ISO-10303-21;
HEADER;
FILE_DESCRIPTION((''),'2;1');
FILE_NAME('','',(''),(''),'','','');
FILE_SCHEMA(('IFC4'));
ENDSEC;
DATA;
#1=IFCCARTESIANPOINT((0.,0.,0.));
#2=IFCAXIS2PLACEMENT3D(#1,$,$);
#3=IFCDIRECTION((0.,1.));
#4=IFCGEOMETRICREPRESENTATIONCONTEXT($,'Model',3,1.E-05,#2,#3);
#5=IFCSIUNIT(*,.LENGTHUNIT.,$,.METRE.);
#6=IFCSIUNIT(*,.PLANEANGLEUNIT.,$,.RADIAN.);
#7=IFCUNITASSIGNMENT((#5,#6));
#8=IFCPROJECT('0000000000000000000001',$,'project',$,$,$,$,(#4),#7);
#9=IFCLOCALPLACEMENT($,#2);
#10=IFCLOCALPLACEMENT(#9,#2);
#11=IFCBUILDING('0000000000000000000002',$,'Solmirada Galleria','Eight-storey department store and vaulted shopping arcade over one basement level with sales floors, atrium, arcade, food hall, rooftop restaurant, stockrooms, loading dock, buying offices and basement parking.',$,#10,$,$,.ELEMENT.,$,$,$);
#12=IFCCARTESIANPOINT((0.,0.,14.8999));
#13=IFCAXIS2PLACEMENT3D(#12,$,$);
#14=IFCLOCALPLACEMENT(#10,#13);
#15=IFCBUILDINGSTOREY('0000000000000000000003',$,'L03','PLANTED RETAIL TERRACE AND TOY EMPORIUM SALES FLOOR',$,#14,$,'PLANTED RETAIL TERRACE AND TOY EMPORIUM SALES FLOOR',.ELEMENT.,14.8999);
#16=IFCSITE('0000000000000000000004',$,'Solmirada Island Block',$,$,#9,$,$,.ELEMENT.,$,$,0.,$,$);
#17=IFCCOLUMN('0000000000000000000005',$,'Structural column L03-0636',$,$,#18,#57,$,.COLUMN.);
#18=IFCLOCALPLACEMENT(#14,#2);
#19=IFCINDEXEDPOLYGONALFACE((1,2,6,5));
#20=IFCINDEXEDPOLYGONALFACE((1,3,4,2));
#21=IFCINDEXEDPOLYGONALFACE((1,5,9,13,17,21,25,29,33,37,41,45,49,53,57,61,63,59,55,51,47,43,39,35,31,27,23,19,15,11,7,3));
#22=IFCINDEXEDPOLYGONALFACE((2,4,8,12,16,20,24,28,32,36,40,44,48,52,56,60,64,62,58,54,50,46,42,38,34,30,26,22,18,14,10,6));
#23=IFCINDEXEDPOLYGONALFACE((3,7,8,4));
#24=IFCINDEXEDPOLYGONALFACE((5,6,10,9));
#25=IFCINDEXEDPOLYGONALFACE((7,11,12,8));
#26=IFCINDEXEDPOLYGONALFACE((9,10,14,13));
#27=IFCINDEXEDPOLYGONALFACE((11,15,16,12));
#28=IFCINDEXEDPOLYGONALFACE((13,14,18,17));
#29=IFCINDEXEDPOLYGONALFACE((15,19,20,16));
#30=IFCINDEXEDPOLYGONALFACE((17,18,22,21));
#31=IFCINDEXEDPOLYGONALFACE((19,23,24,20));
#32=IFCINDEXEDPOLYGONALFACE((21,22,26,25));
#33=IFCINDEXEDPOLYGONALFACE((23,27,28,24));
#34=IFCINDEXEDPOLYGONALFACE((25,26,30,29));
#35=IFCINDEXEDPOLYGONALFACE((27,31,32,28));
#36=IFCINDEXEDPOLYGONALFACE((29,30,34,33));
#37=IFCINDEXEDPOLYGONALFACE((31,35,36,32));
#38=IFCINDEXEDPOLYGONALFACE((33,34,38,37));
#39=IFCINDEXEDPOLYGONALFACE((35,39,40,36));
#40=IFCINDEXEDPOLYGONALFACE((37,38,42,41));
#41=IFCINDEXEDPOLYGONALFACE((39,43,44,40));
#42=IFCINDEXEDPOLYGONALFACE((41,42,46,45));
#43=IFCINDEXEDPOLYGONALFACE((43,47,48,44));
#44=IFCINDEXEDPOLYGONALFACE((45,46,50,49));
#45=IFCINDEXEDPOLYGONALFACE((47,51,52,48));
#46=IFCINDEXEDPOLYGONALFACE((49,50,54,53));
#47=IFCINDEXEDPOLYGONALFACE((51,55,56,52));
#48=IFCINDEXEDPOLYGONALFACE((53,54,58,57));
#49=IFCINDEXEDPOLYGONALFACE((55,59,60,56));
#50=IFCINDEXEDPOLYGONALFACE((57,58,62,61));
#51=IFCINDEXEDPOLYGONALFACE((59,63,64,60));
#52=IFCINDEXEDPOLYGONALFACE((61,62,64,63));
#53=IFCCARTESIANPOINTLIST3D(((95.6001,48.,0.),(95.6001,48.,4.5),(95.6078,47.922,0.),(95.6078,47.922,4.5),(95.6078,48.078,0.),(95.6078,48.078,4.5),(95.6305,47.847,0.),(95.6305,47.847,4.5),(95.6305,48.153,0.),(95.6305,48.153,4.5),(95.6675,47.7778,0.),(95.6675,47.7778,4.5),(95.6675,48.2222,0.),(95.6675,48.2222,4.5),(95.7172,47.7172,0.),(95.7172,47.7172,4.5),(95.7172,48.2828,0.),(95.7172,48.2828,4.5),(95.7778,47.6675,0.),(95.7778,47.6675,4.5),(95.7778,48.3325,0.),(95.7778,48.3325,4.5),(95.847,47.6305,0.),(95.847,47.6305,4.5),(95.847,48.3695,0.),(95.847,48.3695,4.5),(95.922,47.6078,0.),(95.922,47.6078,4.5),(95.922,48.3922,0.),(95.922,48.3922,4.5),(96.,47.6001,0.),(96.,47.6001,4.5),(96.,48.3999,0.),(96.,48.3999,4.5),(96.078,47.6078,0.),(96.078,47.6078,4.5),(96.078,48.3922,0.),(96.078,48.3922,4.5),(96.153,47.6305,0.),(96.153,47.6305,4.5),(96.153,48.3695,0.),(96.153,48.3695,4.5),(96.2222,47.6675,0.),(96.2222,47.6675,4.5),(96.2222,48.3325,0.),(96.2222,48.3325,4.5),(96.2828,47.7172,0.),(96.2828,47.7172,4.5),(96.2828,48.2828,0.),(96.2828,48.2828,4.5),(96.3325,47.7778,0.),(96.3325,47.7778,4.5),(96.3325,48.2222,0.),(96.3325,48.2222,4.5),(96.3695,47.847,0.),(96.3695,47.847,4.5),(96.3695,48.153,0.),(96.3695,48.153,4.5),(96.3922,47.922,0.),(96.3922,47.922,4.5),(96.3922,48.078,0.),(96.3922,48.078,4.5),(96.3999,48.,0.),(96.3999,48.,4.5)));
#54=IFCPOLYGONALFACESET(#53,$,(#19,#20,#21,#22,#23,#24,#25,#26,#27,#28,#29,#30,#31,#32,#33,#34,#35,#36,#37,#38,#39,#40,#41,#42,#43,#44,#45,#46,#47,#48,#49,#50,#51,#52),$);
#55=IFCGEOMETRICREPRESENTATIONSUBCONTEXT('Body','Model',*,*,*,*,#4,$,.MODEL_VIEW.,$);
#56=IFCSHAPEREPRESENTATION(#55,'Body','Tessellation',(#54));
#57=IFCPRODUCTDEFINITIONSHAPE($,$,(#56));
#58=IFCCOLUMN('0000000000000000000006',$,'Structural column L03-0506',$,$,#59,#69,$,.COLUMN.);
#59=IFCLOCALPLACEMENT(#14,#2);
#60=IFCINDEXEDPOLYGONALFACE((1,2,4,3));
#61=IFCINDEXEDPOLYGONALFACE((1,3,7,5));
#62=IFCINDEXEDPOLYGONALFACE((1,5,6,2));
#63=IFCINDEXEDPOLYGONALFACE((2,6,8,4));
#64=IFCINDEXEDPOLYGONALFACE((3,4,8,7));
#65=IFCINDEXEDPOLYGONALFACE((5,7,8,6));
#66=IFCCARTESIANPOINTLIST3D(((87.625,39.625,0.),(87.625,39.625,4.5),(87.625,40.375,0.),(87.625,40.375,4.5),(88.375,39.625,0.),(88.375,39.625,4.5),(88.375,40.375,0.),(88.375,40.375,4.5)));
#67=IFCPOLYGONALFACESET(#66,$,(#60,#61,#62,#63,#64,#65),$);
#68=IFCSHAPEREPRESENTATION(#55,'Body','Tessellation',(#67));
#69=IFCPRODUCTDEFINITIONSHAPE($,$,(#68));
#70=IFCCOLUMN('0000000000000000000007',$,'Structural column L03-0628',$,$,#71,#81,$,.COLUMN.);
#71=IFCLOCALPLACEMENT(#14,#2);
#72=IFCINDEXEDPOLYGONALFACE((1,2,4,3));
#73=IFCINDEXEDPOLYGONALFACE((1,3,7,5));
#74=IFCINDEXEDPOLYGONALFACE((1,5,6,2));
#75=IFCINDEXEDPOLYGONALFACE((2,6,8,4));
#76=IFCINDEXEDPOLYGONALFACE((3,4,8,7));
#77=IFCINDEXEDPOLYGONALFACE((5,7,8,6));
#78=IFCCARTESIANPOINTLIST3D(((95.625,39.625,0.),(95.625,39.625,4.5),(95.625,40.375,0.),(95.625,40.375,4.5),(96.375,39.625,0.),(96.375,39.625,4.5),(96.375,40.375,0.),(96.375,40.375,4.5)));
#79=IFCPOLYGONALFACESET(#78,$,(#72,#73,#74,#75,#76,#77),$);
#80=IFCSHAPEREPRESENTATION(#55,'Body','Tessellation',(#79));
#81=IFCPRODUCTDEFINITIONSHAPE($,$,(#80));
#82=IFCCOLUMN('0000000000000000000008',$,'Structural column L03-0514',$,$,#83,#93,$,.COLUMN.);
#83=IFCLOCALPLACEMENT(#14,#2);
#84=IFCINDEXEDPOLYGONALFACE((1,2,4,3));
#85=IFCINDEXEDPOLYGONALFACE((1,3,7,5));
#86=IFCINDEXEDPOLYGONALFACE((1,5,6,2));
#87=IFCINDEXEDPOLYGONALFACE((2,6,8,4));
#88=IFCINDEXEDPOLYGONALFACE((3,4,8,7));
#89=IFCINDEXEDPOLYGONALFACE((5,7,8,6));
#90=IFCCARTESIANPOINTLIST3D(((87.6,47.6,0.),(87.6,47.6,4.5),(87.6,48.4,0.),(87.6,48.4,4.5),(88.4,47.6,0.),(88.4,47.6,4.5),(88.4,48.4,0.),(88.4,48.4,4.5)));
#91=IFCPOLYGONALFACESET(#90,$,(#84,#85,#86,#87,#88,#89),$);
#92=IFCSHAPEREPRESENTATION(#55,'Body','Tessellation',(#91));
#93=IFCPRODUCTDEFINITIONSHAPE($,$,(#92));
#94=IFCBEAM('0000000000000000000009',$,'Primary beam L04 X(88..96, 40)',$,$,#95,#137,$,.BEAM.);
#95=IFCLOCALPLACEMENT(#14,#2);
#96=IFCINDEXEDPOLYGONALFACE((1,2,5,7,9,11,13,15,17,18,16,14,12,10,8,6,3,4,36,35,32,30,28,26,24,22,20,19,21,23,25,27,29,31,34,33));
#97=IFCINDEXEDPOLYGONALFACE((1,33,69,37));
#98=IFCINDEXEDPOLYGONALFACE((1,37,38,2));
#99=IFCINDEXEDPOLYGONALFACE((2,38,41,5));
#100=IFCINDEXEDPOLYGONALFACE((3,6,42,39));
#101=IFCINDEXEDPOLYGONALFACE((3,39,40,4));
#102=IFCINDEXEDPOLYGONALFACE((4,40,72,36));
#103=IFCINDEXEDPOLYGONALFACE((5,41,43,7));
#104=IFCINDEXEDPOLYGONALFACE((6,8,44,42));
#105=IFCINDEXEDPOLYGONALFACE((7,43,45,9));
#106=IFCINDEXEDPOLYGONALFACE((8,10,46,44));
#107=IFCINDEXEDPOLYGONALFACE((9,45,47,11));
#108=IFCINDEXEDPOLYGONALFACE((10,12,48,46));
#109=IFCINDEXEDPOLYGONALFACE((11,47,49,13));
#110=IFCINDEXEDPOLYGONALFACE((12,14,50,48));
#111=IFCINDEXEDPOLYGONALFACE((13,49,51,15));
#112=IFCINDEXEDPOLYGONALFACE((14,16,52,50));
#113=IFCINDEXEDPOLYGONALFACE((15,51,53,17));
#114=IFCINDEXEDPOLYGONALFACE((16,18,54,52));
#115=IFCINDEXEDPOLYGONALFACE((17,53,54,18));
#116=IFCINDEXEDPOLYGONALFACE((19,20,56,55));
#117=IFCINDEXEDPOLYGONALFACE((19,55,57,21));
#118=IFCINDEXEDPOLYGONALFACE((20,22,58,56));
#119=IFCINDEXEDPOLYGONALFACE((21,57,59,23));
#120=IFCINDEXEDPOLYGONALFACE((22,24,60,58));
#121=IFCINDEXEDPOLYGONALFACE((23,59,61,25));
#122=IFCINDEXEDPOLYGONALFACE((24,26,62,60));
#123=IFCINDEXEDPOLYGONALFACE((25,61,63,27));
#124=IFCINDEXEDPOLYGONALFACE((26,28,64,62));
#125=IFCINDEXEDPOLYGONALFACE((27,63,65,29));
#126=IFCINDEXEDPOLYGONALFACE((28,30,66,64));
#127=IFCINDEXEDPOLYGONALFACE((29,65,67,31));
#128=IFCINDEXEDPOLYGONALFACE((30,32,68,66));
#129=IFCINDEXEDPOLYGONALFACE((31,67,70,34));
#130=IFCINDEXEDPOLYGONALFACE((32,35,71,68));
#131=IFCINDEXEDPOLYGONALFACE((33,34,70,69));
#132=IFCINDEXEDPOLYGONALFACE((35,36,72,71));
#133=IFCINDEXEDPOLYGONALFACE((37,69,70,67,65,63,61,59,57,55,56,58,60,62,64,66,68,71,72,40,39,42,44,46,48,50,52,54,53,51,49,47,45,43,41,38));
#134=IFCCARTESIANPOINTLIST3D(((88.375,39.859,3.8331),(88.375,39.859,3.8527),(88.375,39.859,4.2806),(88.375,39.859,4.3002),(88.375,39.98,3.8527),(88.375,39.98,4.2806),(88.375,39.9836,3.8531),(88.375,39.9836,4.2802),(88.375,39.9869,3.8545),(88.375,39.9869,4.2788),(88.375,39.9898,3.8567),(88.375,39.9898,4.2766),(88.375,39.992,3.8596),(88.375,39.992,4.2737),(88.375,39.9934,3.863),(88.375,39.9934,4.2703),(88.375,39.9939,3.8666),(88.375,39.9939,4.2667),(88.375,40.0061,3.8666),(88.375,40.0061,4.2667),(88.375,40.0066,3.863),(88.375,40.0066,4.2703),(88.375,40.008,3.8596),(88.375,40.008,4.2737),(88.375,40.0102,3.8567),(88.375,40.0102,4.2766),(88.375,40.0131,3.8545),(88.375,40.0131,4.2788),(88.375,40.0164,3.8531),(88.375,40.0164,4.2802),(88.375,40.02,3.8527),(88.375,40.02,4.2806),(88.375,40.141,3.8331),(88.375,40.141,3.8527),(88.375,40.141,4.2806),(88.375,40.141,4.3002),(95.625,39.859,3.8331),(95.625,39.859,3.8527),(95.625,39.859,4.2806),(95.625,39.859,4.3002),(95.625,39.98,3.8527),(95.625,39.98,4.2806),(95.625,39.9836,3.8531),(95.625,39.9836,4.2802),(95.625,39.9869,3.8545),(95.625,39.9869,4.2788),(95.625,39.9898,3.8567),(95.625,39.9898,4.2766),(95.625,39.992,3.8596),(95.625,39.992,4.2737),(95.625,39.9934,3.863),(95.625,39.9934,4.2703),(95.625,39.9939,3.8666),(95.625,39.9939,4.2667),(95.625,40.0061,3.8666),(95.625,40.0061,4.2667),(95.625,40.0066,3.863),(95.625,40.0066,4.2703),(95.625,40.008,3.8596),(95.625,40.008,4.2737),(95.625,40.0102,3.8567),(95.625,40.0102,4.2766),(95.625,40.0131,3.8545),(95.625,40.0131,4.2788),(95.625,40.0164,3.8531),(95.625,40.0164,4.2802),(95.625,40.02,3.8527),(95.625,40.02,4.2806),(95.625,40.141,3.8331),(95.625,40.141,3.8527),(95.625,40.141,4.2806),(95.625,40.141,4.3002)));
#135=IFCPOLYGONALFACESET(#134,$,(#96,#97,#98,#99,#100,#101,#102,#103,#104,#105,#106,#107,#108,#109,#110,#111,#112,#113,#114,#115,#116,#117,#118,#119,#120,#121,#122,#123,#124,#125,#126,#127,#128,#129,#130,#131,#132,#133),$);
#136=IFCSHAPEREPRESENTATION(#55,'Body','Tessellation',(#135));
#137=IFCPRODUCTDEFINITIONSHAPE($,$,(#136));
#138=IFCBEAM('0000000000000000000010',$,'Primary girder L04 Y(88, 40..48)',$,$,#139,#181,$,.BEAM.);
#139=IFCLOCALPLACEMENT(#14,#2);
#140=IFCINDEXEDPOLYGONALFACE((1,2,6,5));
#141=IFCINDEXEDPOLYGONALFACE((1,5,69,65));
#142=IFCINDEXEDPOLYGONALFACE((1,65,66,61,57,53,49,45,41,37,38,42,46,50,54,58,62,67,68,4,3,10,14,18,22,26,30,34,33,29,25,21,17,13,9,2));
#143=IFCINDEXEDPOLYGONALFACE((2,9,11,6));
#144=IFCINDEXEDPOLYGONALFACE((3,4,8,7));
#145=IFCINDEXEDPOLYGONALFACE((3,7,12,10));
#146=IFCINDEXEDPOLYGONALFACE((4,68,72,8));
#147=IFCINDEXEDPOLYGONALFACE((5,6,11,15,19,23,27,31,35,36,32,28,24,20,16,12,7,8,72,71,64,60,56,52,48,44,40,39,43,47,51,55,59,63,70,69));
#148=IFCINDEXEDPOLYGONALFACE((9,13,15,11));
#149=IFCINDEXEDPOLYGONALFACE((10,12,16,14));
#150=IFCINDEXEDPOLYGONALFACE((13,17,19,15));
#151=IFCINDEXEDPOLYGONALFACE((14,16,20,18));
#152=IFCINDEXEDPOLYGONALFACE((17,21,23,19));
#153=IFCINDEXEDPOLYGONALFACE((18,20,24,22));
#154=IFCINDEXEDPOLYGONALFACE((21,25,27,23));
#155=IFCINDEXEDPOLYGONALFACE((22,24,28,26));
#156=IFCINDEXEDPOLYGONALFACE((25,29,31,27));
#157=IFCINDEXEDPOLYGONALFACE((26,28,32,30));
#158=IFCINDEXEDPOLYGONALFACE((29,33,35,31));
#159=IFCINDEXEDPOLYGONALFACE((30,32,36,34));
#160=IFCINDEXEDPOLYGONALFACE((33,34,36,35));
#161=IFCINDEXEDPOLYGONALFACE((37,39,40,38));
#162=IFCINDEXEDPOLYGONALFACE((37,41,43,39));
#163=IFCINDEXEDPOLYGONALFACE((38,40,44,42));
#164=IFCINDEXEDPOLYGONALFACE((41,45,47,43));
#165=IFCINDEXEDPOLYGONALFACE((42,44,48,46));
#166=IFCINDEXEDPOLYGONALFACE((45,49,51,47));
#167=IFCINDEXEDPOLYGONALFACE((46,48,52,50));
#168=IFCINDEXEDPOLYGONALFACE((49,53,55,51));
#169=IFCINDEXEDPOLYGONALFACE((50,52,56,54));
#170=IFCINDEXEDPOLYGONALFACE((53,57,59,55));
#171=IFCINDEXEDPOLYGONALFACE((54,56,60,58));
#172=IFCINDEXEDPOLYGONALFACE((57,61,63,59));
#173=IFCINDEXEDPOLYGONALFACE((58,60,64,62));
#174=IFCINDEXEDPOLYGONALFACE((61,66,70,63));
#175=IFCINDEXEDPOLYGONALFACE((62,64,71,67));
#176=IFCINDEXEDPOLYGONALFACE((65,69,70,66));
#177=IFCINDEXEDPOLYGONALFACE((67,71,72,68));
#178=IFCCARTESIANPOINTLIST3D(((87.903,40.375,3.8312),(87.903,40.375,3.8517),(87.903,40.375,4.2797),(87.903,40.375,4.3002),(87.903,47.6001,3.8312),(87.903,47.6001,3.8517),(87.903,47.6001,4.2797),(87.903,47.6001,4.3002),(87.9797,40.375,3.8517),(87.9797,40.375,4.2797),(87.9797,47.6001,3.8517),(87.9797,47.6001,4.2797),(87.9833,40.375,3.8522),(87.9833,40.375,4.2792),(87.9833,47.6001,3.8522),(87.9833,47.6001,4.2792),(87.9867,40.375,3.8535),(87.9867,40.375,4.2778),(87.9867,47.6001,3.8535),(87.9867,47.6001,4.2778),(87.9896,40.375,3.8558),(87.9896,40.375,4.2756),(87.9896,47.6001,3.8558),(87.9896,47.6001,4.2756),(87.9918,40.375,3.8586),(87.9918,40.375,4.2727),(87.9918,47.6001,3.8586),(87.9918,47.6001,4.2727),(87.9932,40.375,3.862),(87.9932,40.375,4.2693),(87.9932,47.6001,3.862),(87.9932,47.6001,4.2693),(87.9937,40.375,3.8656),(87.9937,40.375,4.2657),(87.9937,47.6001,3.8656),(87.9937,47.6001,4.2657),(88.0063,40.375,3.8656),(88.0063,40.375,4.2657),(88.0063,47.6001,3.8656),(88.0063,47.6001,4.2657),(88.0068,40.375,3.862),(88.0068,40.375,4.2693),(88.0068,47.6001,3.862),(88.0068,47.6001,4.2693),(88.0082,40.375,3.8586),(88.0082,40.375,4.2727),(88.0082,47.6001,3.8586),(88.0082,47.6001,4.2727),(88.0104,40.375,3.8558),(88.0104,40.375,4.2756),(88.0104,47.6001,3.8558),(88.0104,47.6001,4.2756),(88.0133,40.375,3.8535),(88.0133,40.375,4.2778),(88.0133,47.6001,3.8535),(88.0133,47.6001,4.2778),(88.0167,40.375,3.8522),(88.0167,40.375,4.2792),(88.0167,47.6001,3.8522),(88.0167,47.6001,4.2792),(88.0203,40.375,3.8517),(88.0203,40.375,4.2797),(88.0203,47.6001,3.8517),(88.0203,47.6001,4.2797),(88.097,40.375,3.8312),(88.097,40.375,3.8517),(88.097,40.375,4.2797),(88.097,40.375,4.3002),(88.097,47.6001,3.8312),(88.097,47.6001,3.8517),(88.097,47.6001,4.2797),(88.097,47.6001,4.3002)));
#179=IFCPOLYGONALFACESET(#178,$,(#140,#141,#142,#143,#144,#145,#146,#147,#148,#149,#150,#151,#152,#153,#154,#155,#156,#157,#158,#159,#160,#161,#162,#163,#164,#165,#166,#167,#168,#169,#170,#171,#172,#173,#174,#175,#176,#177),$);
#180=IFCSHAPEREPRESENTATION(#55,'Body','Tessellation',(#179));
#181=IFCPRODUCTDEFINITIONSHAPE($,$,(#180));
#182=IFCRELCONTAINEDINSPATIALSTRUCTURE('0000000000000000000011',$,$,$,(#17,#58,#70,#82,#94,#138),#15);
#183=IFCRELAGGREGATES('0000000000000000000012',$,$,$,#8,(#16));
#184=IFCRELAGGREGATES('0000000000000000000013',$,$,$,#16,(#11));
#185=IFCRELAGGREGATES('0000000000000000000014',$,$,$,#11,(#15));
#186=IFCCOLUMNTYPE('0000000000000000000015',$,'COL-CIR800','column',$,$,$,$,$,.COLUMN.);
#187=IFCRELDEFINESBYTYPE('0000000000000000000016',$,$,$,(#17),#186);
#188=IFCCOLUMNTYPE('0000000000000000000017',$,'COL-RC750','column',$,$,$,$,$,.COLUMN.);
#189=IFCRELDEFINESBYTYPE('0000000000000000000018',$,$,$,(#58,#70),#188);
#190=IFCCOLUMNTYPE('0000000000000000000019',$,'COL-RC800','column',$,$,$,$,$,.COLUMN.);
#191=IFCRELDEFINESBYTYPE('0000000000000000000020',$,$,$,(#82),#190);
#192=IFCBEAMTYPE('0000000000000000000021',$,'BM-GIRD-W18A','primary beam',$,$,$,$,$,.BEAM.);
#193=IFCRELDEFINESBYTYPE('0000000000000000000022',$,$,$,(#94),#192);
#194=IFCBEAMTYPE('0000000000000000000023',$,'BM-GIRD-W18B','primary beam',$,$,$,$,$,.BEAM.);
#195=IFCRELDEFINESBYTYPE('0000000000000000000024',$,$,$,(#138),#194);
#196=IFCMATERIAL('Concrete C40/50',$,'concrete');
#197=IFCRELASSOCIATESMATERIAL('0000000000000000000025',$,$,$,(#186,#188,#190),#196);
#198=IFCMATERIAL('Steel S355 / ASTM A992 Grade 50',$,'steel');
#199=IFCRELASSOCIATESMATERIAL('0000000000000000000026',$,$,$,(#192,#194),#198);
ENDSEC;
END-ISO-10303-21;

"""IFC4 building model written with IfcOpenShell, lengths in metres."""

from ifc_helpers import new_model, si_unit, direction, frame, origin, origin_2d, place, context, subcontext, project, spatial, rectangle, circle, i_section, extrude, material, material_profile, profile_set, type_object, element, save


model = new_model("IFC4")

# Units and contexts
model_context = context("Model", 3, precision=1e-05, world=origin(), true_north=direction((0.0, 1.0)))
body_context = subcontext(model_context, "Body", "Model", "MODEL_VIEW")
ifc_project = project(units=[si_unit("LENGTHUNIT", "METRE"), si_unit("PLANEANGLEUNIT", "RADIAN")], contexts=[model_context])

# Site, building, storey
site_placement = place(None, origin())
site = spatial("IfcSite", under=ifc_project, at=site_placement, Name="Solmirada Island Block", CompositionType="ELEMENT", RefElevation=0.0)
building_placement = place(site_placement, origin())
building = spatial("IfcBuilding", under=site, at=building_placement, Name="Solmirada Galleria", Description="Eight-storey department store and vaulted shopping arcade over one basement level with sales floors, atrium, arcade, food hall, rooftop restaurant, stockrooms, loading dock, buying offices and basement parking.", CompositionType="ELEMENT")
storey_placement = place(building_placement, frame((0.0, 0.0, 14.8999)))
storey = spatial("IfcBuildingStorey", under=building, at=storey_placement, Name="L03", Description="PLANTED RETAIL TERRACE AND TOY EMPORIUM SALES FLOOR", LongName="PLANTED RETAIL TERRACE AND TOY EMPORIUM SALES FLOOR", CompositionType="ELEMENT", Elevation=14.8999)

# Columns
ifc_material_1 = material(Name="Concrete C40/50", Category="concrete")
ifc_material_profile_1 = material_profile(ifc_material_1, circle(Radius=0.3999, at=origin_2d()), Name="RCCOL800")
ifc_profile_set_1 = profile_set([ifc_material_profile_1], Name="Concrete C40/50")
column_type_1 = type_object("IfcColumnType", Name="COL-CIR800", Description="column", PredefinedType="COLUMN", material=ifc_profile_set_1)
column_1_placement = place(storey_placement, frame((96.0, 48.0, 0.0), z_axis=(0.0, 0.0, 1.0), x_axis=(1.0, 0.0, 0.0)))
element("IfcColumn", 1, at=column_1_placement, inside=storey, type_object=column_type_1, Name="Structural column L03-0636", PredefinedType="COLUMN", context=body_context, shape_type="SweptSolid", body=[
    extrude(circle(Radius=0.3999, at=origin_2d()), origin(), (0.0, 0.0, 1.0), 4.5),
])
ifc_material_profile_2 = material_profile(ifc_material_1, rectangle(XDim=0.75, YDim=0.75, at=origin_2d()), Name="RC750X750")
ifc_profile_set_2 = profile_set([ifc_material_profile_2], Name="Concrete C40/50")
column_type_2 = type_object("IfcColumnType", Name="COL-RC750", Description="column", PredefinedType="COLUMN", material=ifc_profile_set_2)
for number, where, z_axis, x_axis, name in (
    (2, (88.0, 40.0, 0.0), (0.0, 0.0, 1.0), (1.0, 0.0, 0.0), "Structural column L03-0506"),
    (3, (96.0, 40.0, 0.0), (0.0, 0.0, 1.0), (1.0, 0.0, 0.0), "Structural column L03-0628"),
):
    element("IfcColumn", number, at=place(storey_placement, frame(where, z_axis=z_axis, x_axis=x_axis)), inside=storey, type_object=column_type_2, Name=name, PredefinedType="COLUMN", context=body_context, shape_type="SweptSolid", body=[
        extrude(rectangle(XDim=0.75, YDim=0.75, at=origin_2d()), origin(), (0.0, 0.0, 1.0), 4.5),
    ])
ifc_material_profile_3 = material_profile(ifc_material_1, rectangle(XDim=0.8, YDim=0.8, at=origin_2d()), Name="RC800X800")
ifc_profile_set_3 = profile_set([ifc_material_profile_3], Name="Concrete C40/50")
column_type_3 = type_object("IfcColumnType", Name="COL-RC800", Description="column", PredefinedType="COLUMN", material=ifc_profile_set_3)
column_2_placement = place(storey_placement, frame((88.0, 48.0, 0.0), z_axis=(0.0, 0.0, 1.0), x_axis=(1.0, 0.0, 0.0)))
element("IfcColumn", 4, at=column_2_placement, inside=storey, type_object=column_type_3, Name="Structural column L03-0514", PredefinedType="COLUMN", context=body_context, shape_type="SweptSolid", body=[
    extrude(rectangle(XDim=0.8, YDim=0.8, at=origin_2d()), origin(), (0.0, 0.0, 1.0), 4.5),
])

# Beams
ifc_material_2 = material(Name="Steel S355 / ASTM A992 Grade 50", Category="steel")
ifc_material_profile_4 = material_profile(ifc_material_2, i_section(OverallWidth=0.282, OverallDepth=0.467, WebThickness=0.0122, FlangeThickness=0.0195, FilletRadius=0.0139, at=origin_2d()), Name="W18X86")
ifc_profile_set_4 = profile_set([ifc_material_profile_4], Name="Steel S355 / ASTM A992 Grade 50")
beam_type_1 = type_object("IfcBeamType", Name="BM-GIRD-W18A", Description="primary beam", PredefinedType="BEAM", material=ifc_profile_set_4)
beam_1_placement = place(storey_placement, frame((88.375, 40.0, 4.0667), z_axis=(1.0, 0.0, 0.0), x_axis=(0.0, 1.0, 0.0)))
element("IfcBeam", 5, at=beam_1_placement, inside=storey, type_object=beam_type_1, Name="Primary beam L04 X(88..96, 40)", PredefinedType="BEAM", context=body_context, shape_type="SweptSolid", body=[
    extrude(i_section(OverallWidth=0.282, OverallDepth=0.467, WebThickness=0.0122, FlangeThickness=0.0195, FilletRadius=0.0139, at=origin_2d()), origin(), (0.0, 0.0, 1.0), 7.25),
])
ifc_material_profile_5 = material_profile(ifc_material_2, i_section(OverallWidth=0.1941, OverallDepth=0.469, WebThickness=0.0127, FlangeThickness=0.0205, FilletRadius=0.0139, at=origin_2d()), Name="W18X71")
ifc_profile_set_5 = profile_set([ifc_material_profile_5], Name="Steel S355 / ASTM A992 Grade 50")
beam_type_2 = type_object("IfcBeamType", Name="BM-GIRD-W18B", Description="primary beam", PredefinedType="BEAM", material=ifc_profile_set_5)
beam_2_placement = place(storey_placement, frame((88.0, 40.375, 4.0657), z_axis=(0.0, 1.0, 0.0), x_axis=(-1.0, 0.0, 0.0)))
element("IfcBeam", 6, at=beam_2_placement, inside=storey, type_object=beam_type_2, Name="Primary girder L04 Y(88, 40..48)", PredefinedType="BEAM", context=body_context, shape_type="SweptSolid", body=[
    extrude(i_section(OverallWidth=0.1941, OverallDepth=0.469, WebThickness=0.0127, FlangeThickness=0.0205, FilletRadius=0.0139, at=origin_2d()), origin(), (0.0, 0.0, 1.0), 7.2251),
])

save(model, "model.ifc")
